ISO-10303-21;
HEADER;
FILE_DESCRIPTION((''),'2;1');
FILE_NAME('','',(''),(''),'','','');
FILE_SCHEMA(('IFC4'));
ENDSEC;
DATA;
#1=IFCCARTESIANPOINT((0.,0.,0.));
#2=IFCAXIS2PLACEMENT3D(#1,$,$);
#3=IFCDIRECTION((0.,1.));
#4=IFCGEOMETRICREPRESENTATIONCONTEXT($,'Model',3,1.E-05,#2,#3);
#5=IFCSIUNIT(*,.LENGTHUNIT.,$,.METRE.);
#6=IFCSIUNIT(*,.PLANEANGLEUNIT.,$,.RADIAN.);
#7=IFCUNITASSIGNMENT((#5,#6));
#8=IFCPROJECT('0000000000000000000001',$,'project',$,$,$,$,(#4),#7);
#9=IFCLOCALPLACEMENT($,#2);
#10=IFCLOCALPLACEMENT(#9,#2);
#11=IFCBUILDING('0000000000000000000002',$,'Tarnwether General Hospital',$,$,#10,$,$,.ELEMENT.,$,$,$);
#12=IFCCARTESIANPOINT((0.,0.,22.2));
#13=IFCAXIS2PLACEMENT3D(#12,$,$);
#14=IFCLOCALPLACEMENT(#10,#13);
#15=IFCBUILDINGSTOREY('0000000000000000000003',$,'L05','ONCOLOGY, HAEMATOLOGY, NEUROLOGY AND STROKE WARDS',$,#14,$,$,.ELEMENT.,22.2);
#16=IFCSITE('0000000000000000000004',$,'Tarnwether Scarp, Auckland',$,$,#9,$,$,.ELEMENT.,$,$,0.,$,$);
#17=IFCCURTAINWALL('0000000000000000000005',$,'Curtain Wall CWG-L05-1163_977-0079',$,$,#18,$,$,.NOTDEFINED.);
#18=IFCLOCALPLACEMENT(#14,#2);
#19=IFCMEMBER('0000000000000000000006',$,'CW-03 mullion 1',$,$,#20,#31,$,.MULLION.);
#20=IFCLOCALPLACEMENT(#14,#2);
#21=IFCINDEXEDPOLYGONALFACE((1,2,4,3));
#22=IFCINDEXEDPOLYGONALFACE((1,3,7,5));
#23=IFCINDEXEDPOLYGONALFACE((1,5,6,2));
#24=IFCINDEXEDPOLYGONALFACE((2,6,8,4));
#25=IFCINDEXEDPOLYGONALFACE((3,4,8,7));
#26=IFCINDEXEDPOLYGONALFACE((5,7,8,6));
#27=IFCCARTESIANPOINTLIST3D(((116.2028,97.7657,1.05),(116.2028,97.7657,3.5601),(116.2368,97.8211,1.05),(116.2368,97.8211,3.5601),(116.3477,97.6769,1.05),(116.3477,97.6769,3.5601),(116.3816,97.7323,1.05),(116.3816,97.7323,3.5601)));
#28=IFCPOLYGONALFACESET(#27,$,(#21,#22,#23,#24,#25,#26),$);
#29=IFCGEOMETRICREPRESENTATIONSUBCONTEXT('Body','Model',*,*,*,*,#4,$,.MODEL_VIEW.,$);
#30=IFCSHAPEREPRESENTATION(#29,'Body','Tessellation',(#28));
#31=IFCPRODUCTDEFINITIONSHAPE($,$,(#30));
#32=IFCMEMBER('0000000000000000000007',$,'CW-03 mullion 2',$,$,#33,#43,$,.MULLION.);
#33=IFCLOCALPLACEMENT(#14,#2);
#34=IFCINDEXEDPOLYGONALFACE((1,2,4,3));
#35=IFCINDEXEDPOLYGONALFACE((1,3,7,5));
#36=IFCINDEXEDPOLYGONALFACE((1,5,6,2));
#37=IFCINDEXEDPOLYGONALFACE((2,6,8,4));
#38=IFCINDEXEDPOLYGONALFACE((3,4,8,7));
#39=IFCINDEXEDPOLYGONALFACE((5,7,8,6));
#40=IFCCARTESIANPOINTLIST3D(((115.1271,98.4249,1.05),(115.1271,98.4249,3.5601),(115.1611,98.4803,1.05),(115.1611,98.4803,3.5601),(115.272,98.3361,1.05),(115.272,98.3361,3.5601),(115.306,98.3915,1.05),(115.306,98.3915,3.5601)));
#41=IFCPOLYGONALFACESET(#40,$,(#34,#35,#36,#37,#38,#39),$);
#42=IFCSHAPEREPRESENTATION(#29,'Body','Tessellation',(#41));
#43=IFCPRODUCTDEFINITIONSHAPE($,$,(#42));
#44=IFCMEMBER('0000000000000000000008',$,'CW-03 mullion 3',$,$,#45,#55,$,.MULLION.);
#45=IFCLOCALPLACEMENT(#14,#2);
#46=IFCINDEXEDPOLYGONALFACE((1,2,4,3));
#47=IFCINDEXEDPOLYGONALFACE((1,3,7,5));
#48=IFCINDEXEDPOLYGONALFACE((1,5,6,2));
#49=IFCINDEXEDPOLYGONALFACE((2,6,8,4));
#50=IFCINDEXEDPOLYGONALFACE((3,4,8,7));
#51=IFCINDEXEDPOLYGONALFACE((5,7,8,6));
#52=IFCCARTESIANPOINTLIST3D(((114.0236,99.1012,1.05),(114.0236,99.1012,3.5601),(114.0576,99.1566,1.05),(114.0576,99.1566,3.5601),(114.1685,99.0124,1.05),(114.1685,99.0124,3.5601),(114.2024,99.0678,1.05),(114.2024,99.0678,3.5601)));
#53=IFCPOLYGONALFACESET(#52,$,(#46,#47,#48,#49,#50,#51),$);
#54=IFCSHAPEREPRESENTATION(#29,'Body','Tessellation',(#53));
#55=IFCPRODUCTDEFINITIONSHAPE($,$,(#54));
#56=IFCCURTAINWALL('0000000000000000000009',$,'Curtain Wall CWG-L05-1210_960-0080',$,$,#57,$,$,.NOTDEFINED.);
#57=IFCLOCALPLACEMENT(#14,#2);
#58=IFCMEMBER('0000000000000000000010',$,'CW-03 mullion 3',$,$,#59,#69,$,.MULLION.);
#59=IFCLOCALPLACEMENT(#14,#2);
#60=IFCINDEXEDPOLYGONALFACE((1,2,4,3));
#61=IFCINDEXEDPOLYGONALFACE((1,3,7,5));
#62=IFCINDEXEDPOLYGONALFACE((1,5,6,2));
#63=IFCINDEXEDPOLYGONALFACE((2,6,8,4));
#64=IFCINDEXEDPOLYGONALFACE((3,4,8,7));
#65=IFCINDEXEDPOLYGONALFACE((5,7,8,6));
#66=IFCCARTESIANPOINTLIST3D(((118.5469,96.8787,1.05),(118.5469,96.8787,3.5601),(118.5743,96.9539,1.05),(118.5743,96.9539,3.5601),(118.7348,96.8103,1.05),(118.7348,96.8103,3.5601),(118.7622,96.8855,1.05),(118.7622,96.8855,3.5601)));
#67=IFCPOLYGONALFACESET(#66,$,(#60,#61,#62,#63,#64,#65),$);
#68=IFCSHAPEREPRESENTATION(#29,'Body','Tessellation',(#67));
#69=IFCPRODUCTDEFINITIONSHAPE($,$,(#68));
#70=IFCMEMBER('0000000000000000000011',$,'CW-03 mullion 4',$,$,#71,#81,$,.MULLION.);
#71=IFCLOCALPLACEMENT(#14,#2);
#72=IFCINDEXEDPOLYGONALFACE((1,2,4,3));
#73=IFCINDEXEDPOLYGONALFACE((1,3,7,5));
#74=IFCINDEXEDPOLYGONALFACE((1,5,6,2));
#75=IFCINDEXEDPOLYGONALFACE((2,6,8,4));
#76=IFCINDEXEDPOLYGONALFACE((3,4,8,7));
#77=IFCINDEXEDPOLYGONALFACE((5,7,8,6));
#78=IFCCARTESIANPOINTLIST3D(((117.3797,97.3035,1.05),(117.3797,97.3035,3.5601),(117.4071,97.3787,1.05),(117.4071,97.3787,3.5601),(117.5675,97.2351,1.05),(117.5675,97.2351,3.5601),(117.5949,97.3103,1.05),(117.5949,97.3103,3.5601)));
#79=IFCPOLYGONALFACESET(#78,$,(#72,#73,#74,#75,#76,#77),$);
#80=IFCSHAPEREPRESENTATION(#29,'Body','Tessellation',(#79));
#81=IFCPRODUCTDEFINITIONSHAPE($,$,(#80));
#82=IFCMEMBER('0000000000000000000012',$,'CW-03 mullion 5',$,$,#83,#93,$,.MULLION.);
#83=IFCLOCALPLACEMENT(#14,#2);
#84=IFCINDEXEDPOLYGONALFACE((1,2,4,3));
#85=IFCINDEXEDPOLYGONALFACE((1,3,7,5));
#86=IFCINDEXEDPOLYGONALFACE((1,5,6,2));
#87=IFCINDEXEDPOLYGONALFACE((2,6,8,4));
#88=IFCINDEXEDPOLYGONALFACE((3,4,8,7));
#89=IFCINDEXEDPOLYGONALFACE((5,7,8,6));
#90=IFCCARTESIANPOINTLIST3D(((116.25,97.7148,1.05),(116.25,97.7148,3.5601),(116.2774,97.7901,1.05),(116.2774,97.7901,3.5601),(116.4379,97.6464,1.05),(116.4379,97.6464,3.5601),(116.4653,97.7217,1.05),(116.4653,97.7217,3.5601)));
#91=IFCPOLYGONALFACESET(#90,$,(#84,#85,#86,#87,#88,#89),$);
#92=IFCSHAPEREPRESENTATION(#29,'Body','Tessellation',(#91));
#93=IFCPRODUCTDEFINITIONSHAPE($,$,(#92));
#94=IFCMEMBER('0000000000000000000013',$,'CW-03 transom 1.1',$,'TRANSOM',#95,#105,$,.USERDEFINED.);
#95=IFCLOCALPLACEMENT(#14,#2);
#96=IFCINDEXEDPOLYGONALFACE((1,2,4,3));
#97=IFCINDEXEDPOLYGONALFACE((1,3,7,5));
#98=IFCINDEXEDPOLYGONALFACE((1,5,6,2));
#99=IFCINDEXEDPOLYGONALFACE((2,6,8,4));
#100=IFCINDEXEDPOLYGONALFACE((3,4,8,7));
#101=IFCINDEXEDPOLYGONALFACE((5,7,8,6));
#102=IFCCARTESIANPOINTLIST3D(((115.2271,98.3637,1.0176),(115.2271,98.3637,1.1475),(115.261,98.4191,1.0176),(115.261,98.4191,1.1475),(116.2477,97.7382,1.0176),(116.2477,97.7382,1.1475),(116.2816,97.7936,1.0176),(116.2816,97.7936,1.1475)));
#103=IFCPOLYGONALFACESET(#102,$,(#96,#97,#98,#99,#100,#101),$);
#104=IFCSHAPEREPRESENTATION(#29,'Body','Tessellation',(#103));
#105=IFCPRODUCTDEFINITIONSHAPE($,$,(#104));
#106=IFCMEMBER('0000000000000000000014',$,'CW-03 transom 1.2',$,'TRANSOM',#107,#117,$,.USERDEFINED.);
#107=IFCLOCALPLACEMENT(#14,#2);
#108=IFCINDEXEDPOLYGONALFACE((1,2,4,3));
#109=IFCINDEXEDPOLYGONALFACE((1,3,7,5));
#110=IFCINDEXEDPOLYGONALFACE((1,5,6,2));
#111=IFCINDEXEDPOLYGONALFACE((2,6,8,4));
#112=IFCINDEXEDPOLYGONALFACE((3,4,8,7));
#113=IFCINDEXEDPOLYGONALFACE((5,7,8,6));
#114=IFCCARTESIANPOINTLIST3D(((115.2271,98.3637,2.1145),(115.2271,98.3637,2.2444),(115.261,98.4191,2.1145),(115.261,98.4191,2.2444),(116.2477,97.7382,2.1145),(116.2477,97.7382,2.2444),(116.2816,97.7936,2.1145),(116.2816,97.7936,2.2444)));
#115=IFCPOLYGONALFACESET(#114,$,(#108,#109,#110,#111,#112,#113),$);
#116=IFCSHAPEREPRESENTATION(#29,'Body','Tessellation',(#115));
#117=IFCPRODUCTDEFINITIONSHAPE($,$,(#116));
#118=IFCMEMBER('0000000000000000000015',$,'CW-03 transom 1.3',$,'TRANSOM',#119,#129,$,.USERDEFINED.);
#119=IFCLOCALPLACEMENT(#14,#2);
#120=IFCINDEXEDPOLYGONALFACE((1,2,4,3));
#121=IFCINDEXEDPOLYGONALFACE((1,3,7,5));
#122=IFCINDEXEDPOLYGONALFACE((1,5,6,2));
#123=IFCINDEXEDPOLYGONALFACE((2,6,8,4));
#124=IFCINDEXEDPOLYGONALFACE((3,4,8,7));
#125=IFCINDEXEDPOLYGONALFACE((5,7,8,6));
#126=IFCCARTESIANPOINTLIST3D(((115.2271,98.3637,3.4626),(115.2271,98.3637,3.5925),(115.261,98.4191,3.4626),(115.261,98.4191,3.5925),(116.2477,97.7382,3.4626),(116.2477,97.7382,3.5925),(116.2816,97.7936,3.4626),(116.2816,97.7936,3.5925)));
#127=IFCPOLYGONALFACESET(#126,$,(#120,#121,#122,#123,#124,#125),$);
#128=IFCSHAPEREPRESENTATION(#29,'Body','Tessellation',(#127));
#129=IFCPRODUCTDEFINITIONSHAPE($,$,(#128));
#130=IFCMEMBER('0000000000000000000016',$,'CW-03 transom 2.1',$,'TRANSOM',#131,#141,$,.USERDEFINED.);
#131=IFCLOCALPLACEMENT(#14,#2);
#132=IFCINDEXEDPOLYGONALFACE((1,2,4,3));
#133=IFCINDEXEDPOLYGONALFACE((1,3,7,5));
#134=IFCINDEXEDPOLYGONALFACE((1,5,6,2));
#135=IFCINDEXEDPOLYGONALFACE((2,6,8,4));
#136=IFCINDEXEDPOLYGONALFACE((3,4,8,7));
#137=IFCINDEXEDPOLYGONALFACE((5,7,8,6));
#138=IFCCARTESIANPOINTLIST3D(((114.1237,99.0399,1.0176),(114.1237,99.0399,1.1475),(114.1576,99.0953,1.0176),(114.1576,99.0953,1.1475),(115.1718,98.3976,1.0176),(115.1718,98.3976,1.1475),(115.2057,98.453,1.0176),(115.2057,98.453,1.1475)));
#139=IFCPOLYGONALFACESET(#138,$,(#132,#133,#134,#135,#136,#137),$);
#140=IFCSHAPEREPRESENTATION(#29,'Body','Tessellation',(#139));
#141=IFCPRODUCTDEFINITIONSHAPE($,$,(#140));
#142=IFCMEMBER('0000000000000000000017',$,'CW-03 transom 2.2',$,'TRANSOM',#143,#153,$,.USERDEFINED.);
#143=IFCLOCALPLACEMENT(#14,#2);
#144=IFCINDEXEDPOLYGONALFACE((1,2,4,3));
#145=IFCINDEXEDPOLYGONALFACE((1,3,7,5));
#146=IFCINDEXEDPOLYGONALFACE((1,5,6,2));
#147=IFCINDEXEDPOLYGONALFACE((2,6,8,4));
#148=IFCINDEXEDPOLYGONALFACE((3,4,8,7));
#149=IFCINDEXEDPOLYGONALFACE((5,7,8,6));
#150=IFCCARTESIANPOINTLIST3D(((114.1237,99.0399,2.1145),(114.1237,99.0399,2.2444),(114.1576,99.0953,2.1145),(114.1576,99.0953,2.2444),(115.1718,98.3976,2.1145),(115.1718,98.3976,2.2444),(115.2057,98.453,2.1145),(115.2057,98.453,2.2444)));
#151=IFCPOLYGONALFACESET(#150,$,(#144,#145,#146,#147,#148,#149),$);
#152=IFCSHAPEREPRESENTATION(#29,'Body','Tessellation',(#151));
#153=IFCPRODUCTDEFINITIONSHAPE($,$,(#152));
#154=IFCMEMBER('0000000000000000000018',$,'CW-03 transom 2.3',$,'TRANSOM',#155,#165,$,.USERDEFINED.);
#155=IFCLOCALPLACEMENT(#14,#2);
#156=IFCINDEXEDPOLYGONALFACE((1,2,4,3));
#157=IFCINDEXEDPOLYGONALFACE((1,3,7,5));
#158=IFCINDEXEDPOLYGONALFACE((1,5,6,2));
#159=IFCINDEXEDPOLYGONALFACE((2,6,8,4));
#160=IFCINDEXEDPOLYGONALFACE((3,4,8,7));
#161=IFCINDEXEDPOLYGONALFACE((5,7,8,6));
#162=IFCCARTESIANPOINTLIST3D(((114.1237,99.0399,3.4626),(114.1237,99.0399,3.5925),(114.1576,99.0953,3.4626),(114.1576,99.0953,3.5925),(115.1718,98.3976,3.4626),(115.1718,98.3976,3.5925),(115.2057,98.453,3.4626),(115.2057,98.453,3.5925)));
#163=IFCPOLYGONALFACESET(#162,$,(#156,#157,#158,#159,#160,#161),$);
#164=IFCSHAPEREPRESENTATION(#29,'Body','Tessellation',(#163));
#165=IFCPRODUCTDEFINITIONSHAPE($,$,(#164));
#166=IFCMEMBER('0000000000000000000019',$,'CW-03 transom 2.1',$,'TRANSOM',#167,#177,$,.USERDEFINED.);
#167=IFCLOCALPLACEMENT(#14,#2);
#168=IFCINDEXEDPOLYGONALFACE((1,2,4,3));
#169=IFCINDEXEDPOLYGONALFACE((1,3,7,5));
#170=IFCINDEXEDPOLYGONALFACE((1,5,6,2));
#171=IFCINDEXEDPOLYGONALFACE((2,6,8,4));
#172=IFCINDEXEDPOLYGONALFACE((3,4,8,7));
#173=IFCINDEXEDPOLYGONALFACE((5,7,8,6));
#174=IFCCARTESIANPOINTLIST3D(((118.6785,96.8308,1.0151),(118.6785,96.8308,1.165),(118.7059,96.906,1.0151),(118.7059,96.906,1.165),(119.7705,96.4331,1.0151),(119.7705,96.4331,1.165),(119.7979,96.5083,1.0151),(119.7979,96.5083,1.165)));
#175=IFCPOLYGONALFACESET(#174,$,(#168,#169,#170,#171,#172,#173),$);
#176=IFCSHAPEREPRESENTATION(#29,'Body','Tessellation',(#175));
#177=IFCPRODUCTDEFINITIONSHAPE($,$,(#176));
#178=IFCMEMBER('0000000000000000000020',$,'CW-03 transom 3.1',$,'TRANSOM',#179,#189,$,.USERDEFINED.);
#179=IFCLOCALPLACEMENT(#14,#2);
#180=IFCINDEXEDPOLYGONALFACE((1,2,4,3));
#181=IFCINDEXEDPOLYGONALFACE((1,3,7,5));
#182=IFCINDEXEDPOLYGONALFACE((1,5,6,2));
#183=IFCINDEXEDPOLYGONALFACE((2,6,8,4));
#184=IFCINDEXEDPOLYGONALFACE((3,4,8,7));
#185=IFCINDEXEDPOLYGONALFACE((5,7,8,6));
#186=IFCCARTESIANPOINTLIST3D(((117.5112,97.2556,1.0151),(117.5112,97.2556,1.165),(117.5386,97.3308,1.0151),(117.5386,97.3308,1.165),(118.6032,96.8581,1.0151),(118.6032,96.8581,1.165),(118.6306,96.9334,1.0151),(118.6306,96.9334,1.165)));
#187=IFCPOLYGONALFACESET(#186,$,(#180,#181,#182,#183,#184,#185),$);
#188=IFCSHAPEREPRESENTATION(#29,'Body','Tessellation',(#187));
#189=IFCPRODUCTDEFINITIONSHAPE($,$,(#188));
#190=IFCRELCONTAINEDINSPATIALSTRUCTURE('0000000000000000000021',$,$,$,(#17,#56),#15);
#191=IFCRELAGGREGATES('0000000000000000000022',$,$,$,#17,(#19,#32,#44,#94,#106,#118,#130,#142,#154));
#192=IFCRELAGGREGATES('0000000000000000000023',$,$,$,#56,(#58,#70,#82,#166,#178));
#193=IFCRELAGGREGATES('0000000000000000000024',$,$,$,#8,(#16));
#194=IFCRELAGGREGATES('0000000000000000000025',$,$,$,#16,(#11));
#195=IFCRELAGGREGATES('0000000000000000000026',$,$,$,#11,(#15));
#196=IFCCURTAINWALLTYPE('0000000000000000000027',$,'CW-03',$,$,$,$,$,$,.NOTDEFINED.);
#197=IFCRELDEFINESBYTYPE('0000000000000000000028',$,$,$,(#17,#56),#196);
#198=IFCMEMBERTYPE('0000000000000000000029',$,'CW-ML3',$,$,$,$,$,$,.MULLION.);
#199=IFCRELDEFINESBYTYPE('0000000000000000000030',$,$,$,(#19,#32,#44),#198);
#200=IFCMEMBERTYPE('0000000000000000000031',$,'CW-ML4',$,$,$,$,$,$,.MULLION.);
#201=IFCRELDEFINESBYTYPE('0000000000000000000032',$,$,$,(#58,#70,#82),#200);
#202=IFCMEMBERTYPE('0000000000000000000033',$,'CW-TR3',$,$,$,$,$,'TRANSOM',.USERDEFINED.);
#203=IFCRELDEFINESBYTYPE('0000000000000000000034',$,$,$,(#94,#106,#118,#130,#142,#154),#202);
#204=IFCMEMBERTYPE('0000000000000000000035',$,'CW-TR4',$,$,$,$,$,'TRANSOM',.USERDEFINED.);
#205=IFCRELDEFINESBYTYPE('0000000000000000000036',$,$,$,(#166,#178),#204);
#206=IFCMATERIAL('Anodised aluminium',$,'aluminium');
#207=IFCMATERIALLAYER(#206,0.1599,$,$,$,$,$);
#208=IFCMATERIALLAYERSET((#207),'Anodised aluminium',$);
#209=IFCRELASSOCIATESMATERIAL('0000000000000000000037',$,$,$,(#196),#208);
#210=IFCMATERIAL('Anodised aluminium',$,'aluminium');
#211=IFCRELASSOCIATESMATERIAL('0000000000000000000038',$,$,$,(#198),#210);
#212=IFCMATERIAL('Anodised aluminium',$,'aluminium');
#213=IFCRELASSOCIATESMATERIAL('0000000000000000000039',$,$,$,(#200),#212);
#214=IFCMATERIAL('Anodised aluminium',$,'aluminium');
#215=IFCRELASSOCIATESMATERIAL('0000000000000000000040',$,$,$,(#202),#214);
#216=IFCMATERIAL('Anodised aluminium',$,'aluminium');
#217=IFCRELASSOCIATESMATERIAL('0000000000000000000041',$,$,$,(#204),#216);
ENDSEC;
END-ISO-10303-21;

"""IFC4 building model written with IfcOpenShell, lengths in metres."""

from ifc_helpers import new_model, si_unit, direction, frame, origin, origin_2d, place, context, subcontext, project, spatial, rectangle, extrude, material, layer, layer_set, material_profile, profile_set, type_object, element, aggregate, save


model = new_model("IFC4")

# Units and contexts
model_context = context("Model", 3, precision=1e-05, world=origin(), true_north=direction((0.0, 1.0)))
body_context = subcontext(model_context, "Body", "Model", "MODEL_VIEW")
ifc_project = project(units=[si_unit("LENGTHUNIT", "METRE"), si_unit("PLANEANGLEUNIT", "RADIAN")], contexts=[model_context])

# Site, building, storey
site_placement = place(None, origin())
site = spatial("IfcSite", under=ifc_project, at=site_placement, Name="Tarnwether Scarp, Auckland", CompositionType="ELEMENT", RefElevation=0.0)
building_placement = place(site_placement, origin())
building = spatial("IfcBuilding", under=site, at=building_placement, Name="Tarnwether General Hospital", CompositionType="ELEMENT")
storey_placement = place(building_placement, frame((0.0, 0.0, 22.2)))
storey = spatial("IfcBuildingStorey", under=building, at=storey_placement, Name="L05", Description="ONCOLOGY, HAEMATOLOGY, NEUROLOGY AND STROKE WARDS", CompositionType="ELEMENT", Elevation=22.2)

# Curtain walls, members
ifc_material_1 = material(Name="Anodised aluminium", Category="aluminium")
ifc_layer_1 = layer(ifc_material_1, 0.1599)
ifc_layer_set_1 = layer_set([ifc_layer_1], Name="Anodised aluminium")
curtain_wall_type = type_object("IfcCurtainWallType", Name="CW-03", PredefinedType="NOTDEFINED", material=ifc_layer_set_1)
curtain_wall_1_placement = place(storey_placement, origin())
curtain_wall_1 = element("IfcCurtainWall", 1, at=curtain_wall_1_placement, inside=storey, type_object=curtain_wall_type, Name="Curtain Wall CWG-L05-1163_977-0079", PredefinedType="NOTDEFINED")
ifc_material_2 = material(Name="Anodised aluminium", Category="aluminium")
ifc_material_profile_1 = material_profile(ifc_material_2, rectangle(XDim=0.0649, YDim=0.1699, at=origin_2d()), Name="ALU-MUL-65x170")
ifc_profile_set_1 = profile_set([ifc_material_profile_1], Name="Anodised aluminium")
member_type_1 = type_object("IfcMemberType", Name="CW-ML3", PredefinedType="MULLION", material=ifc_profile_set_1)
member_1_placement = place(storey_placement, frame((116.2922, 97.749, 1.05), z_axis=(0.0, 0.0, 1.0), x_axis=(-0.522512, -0.852632, 0.0)))
member_1 = element("IfcMember", 2, at=member_1_placement, type_object=member_type_1, Name="CW-03 mullion 1", PredefinedType="MULLION", context=body_context, shape_type="SweptSolid", body=[
    extrude(rectangle(XDim=0.0649, YDim=0.1699, at=origin_2d()), origin(), (0.0, 0.0, 1.0), 2.51),
])
member_2_placement = place(storey_placement, frame((115.2166, 98.4082, 1.05), z_axis=(0.0, 0.0, 1.0), x_axis=(-0.522512, -0.852632, 0.0)))
member_2 = element("IfcMember", 3, at=member_2_placement, type_object=member_type_1, Name="CW-03 mullion 2", PredefinedType="MULLION", context=body_context, shape_type="SweptSolid", body=[
    extrude(rectangle(XDim=0.0649, YDim=0.1699, at=origin_2d()), origin(), (0.0, 0.0, 1.0), 2.51),
])
member_3_placement = place(storey_placement, frame((114.113, 99.0845, 1.05), z_axis=(0.0, 0.0, 1.0), x_axis=(-0.522512, -0.852632, 0.0)))
member_3 = element("IfcMember", 4, at=member_3_placement, type_object=member_type_1, Name="CW-03 mullion 3", PredefinedType="MULLION", context=body_context, shape_type="SweptSolid", body=[
    extrude(rectangle(XDim=0.0649, YDim=0.1699, at=origin_2d()), origin(), (0.0, 0.0, 1.0), 2.51),
])
curtain_wall_2_placement = place(storey_placement, origin())
curtain_wall_2 = element("IfcCurtainWall", 5, at=curtain_wall_2_placement, inside=storey, type_object=curtain_wall_type, Name="Curtain Wall CWG-L05-1210_960-0080", PredefinedType="NOTDEFINED")
ifc_material_3 = material(Name="Anodised aluminium", Category="aluminium")
ifc_material_profile_2 = material_profile(ifc_material_3, rectangle(XDim=0.0801, YDim=0.2, at=origin_2d()), Name="ALU-MUL-80x200")
ifc_profile_set_2 = profile_set([ifc_material_profile_2], Name="Anodised aluminium")
member_type_2 = type_object("IfcMemberType", Name="CW-ML4", PredefinedType="MULLION", material=ifc_profile_set_2)
member_4_placement = place(storey_placement, frame((118.6545, 96.8821, 1.05), z_axis=(0.0, 0.0, 1.0), x_axis=(-0.342131, -0.939652, 0.0)))
member_4 = element("IfcMember", 6, at=member_4_placement, type_object=member_type_2, Name="CW-03 mullion 3", PredefinedType="MULLION", context=body_context, shape_type="SweptSolid", body=[
    extrude(rectangle(XDim=0.0801, YDim=0.2, at=origin_2d()), origin(), (0.0, 0.0, 1.0), 2.51),
])
member_5_placement = place(storey_placement, frame((117.4873, 97.3069, 1.05), z_axis=(0.0, 0.0, 1.0), x_axis=(-0.342131, -0.939652, 0.0)))
member_5 = element("IfcMember", 7, at=member_5_placement, type_object=member_type_2, Name="CW-03 mullion 4", PredefinedType="MULLION", context=body_context, shape_type="SweptSolid", body=[
    extrude(rectangle(XDim=0.0801, YDim=0.2, at=origin_2d()), origin(), (0.0, 0.0, 1.0), 2.51),
])
member_6_placement = place(storey_placement, frame((116.3577, 97.7183, 1.05), z_axis=(0.0, 0.0, 1.0), x_axis=(-0.342131, -0.939652, 0.0)))
member_6 = element("IfcMember", 8, at=member_6_placement, type_object=member_type_2, Name="CW-03 mullion 5", PredefinedType="MULLION", context=body_context, shape_type="SweptSolid", body=[
    extrude(rectangle(XDim=0.0801, YDim=0.2, at=origin_2d()), origin(), (0.0, 0.0, 1.0), 2.51),
])

# Members
ifc_material_4 = material(Name="Anodised aluminium", Category="aluminium")
ifc_material_profile_3 = material_profile(ifc_material_4, rectangle(XDim=0.0649, YDim=0.1299, at=origin_2d()), Name="ALU-TRN-65x130")
ifc_profile_set_3 = profile_set([ifc_material_profile_3], Name="Anodised aluminium")
member_type_3 = type_object("IfcMemberType", Name="CW-TR3", ElementType="TRANSOM", PredefinedType="USERDEFINED", material=ifc_profile_set_3)
member_7_placement = place(storey_placement, frame((116.2646, 97.7659, 1.0825), z_axis=(-0.852595, 0.522572, 0.0), x_axis=(-0.522572, -0.852595, 0.0)))
member_7 = element("IfcMember", 9, at=member_7_placement, type_object=member_type_3, Name="CW-03 transom 1.1", ObjectType="TRANSOM", PredefinedType="USERDEFINED", context=body_context, shape_type="SweptSolid", body=[
    extrude(rectangle(XDim=0.0649, YDim=0.1299, at=origin_2d()), origin(), (0.0, 0.0, 1.0), 1.197),
])
member_8_placement = place(storey_placement, frame((116.2646, 97.7659, 2.1794), z_axis=(-0.852595, 0.522572, 0.0), x_axis=(-0.522572, -0.852595, 0.0)))
member_8 = element("IfcMember", 10, at=member_8_placement, type_object=member_type_3, Name="CW-03 transom 1.2", ObjectType="TRANSOM", PredefinedType="USERDEFINED", context=body_context, shape_type="SweptSolid", body=[
    extrude(rectangle(XDim=0.0649, YDim=0.1299, at=origin_2d()), origin(), (0.0, 0.0, 1.0), 1.197),
])
member_9_placement = place(storey_placement, frame((116.2646, 97.7659, 3.5276), z_axis=(-0.852595, 0.522572, 0.0), x_axis=(-0.522572, -0.852595, 0.0)))
member_9 = element("IfcMember", 11, at=member_9_placement, type_object=member_type_3, Name="CW-03 transom 1.3", ObjectType="TRANSOM", PredefinedType="USERDEFINED", context=body_context, shape_type="SweptSolid", body=[
    extrude(rectangle(XDim=0.0649, YDim=0.1299, at=origin_2d()), origin(), (0.0, 0.0, 1.0), 1.197),
])
member_10_placement = place(storey_placement, frame((115.1887, 98.4253, 1.0825), z_axis=(-0.852618, 0.522534, 0.0), x_axis=(-0.522534, -0.852618, 0.0)))
member_10 = element("IfcMember", 12, at=member_10_placement, type_object=member_type_3, Name="CW-03 transom 2.1", ObjectType="TRANSOM", PredefinedType="USERDEFINED", context=body_context, shape_type="SweptSolid", body=[
    extrude(rectangle(XDim=0.0649, YDim=0.1299, at=origin_2d()), origin(), (0.0, 0.0, 1.0), 1.2292),
])
member_11_placement = place(storey_placement, frame((115.1887, 98.4253, 2.1794), z_axis=(-0.852618, 0.522534, 0.0), x_axis=(-0.522534, -0.852618, 0.0)))
member_11 = element("IfcMember", 13, at=member_11_placement, type_object=member_type_3, Name="CW-03 transom 2.2", ObjectType="TRANSOM", PredefinedType="USERDEFINED", context=body_context, shape_type="SweptSolid", body=[
    extrude(rectangle(XDim=0.0649, YDim=0.1299, at=origin_2d()), origin(), (0.0, 0.0, 1.0), 1.2292),
])
member_12_placement = place(storey_placement, frame((115.1887, 98.4253, 3.5276), z_axis=(-0.852618, 0.522534, 0.0), x_axis=(-0.522534, -0.852618, 0.0)))
member_12 = element("IfcMember", 14, at=member_12_placement, type_object=member_type_3, Name="CW-03 transom 2.3", ObjectType="TRANSOM", PredefinedType="USERDEFINED", context=body_context, shape_type="SweptSolid", body=[
    extrude(rectangle(XDim=0.0649, YDim=0.1299, at=origin_2d()), origin(), (0.0, 0.0, 1.0), 1.2292),
])
ifc_material_5 = material(Name="Anodised aluminium", Category="aluminium")
ifc_material_profile_4 = material_profile(ifc_material_5, rectangle(XDim=0.0801, YDim=0.1499, at=origin_2d()), Name="ALU-TRN-80x150")
ifc_profile_set_4 = profile_set([ifc_material_profile_4], Name="Anodised aluminium")
member_type_4 = type_object("IfcMemberType", Name="CW-TR4", ElementType="TRANSOM", PredefinedType="USERDEFINED", material=ifc_profile_set_4)
member_13_placement = place(storey_placement, frame((119.7842, 96.4707, 1.0901), z_axis=(-0.939628, 0.342198, 0.0), x_axis=(-0.342198, -0.939628, 0.0)))
member_13 = element("IfcMember", 15, at=member_13_placement, type_object=member_type_4, Name="CW-03 transom 2.1", ObjectType="TRANSOM", PredefinedType="USERDEFINED", context=body_context, shape_type="SweptSolid", body=[
    extrude(rectangle(XDim=0.0801, YDim=0.1499, at=origin_2d()), origin(), (0.0, 0.0, 1.0), 1.1621),
])
member_14_placement = place(storey_placement, frame((118.6169, 96.8958, 1.0901), z_axis=(-0.939695, 0.342013, 0.0), x_axis=(-0.342013, -0.939695, 0.0)))
member_14 = element("IfcMember", 16, at=member_14_placement, type_object=member_type_4, Name="CW-03 transom 3.1", ObjectType="TRANSOM", PredefinedType="USERDEFINED", context=body_context, shape_type="SweptSolid", body=[
    extrude(rectangle(XDim=0.0801, YDim=0.1499, at=origin_2d()), origin(), (0.0, 0.0, 1.0), 1.1621),
])

aggregate(curtain_wall_1, [member_1, member_2, member_3, member_7, member_8, member_9, member_10, member_11, member_12])
aggregate(curtain_wall_2, [member_4, member_5, member_6, member_13, member_14])

save(model, "model.ifc")
